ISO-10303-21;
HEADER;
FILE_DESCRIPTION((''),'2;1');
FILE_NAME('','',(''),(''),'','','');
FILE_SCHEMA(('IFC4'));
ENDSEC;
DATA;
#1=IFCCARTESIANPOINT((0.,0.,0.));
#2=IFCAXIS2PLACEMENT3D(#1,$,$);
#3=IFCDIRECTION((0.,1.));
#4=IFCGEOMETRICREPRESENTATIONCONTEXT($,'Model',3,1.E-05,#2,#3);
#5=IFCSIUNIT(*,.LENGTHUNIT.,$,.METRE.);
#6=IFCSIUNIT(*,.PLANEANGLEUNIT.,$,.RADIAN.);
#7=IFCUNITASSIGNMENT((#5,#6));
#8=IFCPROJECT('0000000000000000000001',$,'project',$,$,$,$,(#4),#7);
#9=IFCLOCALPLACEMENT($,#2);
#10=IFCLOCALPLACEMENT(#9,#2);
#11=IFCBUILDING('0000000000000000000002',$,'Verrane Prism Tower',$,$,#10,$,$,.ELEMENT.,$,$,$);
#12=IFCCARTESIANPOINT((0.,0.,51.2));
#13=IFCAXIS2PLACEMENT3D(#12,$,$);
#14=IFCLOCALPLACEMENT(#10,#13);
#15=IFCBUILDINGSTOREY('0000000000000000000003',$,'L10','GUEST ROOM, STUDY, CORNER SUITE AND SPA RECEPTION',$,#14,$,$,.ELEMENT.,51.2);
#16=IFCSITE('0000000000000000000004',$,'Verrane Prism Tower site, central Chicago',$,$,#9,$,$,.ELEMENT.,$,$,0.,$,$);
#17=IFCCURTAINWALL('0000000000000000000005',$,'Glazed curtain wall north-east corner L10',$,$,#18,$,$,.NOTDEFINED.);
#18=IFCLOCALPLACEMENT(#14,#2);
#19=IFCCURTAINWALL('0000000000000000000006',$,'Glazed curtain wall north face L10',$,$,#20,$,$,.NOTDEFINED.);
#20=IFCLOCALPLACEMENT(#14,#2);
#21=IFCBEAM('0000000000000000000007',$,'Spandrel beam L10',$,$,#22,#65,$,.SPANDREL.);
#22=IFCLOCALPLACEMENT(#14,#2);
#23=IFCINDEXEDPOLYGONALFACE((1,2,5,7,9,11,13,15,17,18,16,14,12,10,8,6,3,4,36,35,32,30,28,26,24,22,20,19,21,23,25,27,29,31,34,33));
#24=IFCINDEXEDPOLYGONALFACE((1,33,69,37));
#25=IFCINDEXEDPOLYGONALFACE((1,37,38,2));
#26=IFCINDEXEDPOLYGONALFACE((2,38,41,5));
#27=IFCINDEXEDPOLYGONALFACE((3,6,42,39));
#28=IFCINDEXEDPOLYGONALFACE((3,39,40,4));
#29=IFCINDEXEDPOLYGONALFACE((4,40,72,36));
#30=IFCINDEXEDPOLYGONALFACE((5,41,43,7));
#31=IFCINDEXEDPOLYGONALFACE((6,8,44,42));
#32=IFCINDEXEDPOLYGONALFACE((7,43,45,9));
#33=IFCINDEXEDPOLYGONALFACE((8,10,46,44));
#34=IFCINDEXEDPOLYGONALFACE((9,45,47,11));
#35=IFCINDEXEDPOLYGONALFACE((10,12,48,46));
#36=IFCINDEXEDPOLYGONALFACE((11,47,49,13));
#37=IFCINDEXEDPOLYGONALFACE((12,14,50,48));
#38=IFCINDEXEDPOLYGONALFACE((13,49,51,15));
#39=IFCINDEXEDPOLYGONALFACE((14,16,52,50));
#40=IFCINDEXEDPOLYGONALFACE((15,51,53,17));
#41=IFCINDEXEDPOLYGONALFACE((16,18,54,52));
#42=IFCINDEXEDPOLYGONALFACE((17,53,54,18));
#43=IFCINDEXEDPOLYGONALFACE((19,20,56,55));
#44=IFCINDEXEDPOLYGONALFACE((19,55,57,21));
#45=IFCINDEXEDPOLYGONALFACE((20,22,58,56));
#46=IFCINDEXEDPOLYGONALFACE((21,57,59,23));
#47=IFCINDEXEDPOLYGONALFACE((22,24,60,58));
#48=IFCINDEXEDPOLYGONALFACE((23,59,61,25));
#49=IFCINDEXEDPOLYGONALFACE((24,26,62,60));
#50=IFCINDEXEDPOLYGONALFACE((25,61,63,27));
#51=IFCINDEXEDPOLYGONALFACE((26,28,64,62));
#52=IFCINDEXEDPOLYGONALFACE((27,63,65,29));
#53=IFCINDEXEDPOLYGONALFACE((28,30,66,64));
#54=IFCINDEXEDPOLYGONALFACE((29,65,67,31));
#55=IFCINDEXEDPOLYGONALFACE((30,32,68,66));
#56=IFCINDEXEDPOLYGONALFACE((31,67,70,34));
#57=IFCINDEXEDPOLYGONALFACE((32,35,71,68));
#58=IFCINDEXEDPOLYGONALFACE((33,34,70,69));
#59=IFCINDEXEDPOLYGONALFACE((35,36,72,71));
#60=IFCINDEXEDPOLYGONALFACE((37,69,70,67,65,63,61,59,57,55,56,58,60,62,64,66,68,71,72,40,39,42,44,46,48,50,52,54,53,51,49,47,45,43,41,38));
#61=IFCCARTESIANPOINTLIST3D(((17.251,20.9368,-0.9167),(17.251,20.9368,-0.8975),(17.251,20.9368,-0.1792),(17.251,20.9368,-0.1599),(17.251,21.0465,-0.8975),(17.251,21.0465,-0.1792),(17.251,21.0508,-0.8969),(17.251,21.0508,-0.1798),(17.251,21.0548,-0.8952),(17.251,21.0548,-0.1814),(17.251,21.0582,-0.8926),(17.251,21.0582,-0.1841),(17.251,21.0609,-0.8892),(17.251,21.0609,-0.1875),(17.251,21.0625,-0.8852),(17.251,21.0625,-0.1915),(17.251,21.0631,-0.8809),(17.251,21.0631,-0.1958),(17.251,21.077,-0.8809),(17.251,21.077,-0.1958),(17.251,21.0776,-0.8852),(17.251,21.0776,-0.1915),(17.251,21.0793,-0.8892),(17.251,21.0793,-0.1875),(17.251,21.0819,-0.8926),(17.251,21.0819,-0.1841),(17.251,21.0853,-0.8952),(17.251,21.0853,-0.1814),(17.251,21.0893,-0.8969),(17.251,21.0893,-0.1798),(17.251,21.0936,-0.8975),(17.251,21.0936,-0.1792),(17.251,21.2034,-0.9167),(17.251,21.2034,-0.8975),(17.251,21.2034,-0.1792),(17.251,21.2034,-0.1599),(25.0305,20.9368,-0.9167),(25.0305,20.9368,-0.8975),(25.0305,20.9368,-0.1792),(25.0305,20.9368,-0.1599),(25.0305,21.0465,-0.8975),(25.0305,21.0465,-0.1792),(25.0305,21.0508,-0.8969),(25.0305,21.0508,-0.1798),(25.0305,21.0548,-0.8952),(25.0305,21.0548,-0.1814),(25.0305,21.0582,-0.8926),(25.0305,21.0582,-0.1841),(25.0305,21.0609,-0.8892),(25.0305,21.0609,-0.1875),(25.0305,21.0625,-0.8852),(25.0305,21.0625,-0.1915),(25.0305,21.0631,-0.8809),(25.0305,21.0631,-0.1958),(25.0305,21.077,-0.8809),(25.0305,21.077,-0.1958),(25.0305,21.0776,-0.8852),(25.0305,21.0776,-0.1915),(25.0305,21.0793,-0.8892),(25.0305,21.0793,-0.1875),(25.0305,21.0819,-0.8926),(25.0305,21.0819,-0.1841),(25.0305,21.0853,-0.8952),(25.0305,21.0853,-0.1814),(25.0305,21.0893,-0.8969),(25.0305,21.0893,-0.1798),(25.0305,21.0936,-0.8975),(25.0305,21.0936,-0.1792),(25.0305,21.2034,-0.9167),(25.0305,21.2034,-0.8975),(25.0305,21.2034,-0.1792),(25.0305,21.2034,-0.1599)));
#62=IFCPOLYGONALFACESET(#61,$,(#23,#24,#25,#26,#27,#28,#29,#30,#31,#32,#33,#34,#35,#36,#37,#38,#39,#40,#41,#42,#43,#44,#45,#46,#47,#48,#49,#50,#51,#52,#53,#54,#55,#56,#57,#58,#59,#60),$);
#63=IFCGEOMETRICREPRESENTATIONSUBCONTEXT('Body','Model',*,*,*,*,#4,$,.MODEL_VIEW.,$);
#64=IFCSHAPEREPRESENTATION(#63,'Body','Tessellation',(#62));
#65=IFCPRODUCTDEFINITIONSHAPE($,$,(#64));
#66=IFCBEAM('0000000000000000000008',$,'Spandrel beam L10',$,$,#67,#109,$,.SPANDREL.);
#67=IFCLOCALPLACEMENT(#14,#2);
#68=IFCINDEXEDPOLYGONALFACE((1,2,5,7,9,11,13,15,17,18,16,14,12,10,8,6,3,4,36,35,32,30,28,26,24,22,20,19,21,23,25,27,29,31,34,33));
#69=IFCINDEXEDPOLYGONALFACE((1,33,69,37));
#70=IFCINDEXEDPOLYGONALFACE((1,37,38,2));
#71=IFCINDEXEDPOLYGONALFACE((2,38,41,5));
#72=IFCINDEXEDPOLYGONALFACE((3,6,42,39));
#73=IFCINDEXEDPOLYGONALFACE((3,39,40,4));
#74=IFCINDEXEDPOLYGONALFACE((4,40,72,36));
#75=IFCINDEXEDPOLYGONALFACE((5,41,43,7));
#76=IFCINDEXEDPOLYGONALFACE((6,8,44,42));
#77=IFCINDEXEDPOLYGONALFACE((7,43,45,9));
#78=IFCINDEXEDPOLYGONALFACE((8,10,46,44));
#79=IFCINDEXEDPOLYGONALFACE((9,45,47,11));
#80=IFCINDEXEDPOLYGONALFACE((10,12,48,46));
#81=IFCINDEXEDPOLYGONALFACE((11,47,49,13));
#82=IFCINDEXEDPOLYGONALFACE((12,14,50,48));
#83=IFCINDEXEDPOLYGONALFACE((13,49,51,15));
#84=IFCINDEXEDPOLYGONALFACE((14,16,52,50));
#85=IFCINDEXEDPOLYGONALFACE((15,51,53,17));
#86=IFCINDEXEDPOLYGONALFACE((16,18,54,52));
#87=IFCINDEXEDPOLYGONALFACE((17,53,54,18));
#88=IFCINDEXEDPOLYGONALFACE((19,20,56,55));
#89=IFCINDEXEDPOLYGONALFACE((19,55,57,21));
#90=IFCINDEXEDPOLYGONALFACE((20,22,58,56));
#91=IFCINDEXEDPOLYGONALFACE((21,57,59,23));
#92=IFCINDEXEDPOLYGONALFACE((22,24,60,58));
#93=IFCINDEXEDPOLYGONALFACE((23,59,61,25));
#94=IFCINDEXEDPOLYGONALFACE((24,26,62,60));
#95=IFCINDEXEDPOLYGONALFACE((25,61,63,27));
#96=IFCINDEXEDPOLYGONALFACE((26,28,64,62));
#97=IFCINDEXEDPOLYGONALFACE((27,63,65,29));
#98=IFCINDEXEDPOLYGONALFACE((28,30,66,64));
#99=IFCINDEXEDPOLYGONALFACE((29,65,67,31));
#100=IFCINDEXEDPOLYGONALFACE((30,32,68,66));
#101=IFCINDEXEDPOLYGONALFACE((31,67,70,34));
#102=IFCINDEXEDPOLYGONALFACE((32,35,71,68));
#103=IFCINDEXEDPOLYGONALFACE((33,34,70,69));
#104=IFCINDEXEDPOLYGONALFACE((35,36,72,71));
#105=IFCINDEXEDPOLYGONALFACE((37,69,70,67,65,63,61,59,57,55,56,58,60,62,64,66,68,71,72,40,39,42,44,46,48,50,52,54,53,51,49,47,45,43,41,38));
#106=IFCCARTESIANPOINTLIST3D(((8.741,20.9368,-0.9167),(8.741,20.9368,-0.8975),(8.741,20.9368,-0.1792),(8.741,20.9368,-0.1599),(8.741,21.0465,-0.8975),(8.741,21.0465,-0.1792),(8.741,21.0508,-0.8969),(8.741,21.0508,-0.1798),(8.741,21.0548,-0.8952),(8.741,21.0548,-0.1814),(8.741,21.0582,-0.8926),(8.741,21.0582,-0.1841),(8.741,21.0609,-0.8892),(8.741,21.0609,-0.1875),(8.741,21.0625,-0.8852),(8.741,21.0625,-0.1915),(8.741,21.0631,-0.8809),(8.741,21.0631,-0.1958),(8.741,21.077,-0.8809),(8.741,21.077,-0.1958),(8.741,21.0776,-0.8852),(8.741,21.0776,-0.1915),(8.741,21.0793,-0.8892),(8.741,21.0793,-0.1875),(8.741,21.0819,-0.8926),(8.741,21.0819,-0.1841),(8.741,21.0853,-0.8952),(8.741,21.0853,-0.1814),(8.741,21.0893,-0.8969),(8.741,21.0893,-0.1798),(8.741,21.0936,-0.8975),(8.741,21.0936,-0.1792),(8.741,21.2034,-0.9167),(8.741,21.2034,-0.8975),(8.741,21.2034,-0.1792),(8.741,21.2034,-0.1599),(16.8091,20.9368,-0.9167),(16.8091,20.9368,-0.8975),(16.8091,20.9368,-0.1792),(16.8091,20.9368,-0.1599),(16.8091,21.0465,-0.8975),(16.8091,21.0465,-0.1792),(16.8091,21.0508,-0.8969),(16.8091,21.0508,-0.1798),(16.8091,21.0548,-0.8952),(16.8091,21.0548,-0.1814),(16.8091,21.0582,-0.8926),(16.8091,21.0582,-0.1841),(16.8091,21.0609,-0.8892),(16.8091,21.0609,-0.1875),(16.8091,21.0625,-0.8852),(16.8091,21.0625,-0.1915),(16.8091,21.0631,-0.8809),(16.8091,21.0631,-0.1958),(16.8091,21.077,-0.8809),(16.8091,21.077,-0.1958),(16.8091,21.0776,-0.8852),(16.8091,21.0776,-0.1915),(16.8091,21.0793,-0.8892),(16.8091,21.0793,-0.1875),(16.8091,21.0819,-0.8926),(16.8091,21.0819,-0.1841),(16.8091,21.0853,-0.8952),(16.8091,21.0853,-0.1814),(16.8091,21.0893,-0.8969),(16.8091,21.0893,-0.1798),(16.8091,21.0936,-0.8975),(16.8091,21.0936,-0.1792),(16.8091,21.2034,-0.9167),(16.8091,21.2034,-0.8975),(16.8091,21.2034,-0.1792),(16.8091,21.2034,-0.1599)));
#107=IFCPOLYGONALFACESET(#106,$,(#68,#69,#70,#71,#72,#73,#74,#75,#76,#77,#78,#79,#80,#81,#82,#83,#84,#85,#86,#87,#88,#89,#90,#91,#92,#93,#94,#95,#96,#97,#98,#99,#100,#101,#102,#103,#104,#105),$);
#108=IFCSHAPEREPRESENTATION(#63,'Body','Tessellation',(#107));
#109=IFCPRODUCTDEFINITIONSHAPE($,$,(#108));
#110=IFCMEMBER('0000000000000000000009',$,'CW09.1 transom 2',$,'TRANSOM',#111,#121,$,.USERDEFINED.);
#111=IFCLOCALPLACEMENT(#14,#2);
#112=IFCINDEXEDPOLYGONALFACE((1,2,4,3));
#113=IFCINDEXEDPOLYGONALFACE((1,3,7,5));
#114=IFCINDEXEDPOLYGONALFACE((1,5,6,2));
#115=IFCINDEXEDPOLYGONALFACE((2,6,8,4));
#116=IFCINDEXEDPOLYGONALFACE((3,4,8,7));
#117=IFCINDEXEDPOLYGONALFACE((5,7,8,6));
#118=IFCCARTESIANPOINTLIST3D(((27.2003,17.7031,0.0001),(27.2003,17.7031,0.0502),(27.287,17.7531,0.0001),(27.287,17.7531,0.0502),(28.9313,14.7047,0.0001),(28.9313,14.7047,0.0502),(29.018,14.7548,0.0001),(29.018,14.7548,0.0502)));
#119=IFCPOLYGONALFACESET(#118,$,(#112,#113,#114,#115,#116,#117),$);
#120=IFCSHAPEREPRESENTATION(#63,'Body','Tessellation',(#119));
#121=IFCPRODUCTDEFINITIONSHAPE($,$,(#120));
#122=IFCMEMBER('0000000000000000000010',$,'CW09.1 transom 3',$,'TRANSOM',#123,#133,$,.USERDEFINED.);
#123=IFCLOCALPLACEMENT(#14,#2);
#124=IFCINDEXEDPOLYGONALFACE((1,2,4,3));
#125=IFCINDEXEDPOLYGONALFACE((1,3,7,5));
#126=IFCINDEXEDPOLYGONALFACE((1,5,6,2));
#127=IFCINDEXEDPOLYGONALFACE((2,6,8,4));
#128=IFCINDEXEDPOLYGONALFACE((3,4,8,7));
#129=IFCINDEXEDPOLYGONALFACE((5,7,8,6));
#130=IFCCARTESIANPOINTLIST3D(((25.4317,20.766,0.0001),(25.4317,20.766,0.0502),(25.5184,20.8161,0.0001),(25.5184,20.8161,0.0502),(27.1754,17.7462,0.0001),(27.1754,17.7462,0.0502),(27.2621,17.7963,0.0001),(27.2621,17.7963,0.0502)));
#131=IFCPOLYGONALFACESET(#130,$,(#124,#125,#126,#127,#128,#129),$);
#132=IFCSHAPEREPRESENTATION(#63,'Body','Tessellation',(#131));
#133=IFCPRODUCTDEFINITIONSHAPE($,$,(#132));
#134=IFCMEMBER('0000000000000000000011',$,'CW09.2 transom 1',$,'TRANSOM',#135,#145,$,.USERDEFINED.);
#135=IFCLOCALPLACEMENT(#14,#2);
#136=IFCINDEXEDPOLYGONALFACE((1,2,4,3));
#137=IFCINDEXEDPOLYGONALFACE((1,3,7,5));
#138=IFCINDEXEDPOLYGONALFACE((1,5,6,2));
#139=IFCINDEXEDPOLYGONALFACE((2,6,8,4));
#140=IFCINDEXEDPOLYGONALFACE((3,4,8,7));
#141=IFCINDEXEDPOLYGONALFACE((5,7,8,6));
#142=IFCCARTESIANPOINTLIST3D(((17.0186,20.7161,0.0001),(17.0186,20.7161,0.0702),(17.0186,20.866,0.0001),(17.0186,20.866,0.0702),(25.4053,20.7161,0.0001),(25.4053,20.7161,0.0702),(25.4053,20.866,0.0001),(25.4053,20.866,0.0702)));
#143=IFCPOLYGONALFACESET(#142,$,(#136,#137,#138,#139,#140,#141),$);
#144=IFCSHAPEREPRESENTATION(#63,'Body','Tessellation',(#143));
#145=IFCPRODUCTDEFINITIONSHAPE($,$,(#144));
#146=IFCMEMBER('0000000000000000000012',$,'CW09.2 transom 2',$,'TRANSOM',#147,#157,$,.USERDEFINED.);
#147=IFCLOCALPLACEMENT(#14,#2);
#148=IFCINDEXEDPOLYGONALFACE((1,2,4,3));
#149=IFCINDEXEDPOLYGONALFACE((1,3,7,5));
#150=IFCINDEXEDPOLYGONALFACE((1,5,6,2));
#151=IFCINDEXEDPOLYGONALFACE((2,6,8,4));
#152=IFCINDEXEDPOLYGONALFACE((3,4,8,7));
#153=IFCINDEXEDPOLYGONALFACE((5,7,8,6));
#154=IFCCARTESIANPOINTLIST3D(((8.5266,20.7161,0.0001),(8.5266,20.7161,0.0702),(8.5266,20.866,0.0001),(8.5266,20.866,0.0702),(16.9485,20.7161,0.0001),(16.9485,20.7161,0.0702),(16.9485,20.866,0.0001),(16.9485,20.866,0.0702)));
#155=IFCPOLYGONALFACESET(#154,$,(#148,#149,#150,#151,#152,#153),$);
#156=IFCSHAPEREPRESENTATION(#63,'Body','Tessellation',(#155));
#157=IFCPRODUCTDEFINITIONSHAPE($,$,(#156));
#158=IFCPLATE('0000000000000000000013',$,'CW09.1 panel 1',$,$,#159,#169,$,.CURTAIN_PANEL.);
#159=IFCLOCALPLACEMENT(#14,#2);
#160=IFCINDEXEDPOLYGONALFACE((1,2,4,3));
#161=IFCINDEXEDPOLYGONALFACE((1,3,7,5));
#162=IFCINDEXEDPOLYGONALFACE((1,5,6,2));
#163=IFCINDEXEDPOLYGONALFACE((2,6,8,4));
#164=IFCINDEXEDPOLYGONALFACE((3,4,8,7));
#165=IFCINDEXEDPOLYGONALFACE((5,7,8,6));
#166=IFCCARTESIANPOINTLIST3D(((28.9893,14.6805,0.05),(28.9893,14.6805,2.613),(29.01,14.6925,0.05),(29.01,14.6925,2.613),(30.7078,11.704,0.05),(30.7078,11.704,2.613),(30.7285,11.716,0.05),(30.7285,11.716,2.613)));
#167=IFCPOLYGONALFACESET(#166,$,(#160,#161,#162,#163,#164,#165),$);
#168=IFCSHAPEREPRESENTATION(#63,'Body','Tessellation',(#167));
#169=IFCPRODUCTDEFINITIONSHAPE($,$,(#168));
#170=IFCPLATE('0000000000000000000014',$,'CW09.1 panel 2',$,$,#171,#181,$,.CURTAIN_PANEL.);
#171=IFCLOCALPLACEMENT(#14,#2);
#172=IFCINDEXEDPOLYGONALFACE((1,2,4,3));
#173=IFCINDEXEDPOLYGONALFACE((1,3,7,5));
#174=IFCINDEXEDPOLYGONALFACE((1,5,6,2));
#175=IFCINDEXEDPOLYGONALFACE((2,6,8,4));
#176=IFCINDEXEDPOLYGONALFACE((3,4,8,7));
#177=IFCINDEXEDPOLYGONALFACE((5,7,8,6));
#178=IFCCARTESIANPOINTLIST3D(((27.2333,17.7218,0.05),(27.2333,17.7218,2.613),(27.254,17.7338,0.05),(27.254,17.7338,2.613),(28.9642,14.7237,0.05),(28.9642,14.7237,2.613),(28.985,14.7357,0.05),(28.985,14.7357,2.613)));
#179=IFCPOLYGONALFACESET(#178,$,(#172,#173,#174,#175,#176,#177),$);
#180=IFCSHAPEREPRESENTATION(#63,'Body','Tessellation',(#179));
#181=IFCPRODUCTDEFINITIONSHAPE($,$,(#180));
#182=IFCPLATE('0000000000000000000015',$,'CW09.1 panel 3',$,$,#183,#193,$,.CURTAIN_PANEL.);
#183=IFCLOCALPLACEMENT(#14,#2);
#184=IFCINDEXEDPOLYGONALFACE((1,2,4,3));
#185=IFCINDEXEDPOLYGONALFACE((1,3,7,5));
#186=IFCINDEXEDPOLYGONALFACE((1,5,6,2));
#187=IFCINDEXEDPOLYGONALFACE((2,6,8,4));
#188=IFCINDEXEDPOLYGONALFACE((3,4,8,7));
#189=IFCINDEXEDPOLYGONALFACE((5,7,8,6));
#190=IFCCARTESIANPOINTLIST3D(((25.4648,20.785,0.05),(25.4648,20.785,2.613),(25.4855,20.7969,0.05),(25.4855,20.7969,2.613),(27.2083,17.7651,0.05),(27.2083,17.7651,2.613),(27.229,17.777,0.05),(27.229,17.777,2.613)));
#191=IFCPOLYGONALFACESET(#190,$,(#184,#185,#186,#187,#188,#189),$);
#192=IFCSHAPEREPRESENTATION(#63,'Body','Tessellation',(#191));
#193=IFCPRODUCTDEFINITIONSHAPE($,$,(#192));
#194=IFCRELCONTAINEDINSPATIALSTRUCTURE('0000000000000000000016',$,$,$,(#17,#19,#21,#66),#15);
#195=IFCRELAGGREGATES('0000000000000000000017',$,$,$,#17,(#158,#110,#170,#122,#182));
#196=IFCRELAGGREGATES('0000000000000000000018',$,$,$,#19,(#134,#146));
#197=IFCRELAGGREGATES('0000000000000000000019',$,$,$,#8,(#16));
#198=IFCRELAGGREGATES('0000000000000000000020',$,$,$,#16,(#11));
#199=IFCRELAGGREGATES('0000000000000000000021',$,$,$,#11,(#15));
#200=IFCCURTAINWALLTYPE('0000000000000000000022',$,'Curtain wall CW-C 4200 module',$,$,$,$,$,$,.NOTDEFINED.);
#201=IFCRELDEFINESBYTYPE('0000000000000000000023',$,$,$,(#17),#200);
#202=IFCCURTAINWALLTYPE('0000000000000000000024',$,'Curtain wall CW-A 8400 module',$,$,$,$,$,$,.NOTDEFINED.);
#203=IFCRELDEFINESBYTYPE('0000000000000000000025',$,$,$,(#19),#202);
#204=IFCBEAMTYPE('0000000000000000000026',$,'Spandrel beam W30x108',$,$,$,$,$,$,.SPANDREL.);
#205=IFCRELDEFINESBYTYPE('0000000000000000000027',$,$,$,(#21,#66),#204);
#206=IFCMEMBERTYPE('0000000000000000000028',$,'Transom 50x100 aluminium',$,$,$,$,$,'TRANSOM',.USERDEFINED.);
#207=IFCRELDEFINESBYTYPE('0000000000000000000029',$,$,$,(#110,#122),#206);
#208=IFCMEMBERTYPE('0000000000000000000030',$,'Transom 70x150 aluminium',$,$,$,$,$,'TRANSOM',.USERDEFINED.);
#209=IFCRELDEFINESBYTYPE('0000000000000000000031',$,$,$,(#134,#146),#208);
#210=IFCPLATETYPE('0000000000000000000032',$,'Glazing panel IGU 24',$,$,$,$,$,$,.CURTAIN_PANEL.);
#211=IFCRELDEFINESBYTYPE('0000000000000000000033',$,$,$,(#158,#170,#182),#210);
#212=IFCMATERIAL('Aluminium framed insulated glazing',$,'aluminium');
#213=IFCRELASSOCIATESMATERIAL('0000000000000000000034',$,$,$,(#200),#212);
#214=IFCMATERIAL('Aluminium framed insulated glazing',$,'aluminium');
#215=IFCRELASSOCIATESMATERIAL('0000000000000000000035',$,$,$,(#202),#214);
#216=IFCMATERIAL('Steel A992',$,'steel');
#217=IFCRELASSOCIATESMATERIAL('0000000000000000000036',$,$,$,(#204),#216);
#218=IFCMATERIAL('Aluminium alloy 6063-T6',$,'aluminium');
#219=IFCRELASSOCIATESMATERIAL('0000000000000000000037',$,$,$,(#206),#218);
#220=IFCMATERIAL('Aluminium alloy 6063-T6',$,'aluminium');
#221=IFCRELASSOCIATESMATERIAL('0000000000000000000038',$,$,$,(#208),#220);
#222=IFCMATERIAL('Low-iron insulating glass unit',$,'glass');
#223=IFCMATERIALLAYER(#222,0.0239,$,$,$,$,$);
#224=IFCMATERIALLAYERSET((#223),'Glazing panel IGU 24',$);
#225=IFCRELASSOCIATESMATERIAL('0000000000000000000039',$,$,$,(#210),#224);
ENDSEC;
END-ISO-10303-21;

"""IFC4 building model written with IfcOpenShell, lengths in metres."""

from ifc_helpers import new_model, si_unit, direction, frame, origin, origin_2d, place, context, subcontext, project, spatial, rectangle, i_section, extrude, material, layer, layer_set, material_profile, profile_set, type_object, element, aggregate, save


model = new_model("IFC4")

# Units and contexts
model_context = context("Model", 3, precision=1e-05, world=origin(), true_north=direction((0.0, 1.0)))
body_context = subcontext(model_context, "Body", "Model", "MODEL_VIEW")
ifc_project = project(units=[si_unit("LENGTHUNIT", "METRE"), si_unit("PLANEANGLEUNIT", "RADIAN")], contexts=[model_context])

# Site, building, storey
site_placement = place(None, origin())
site = spatial("IfcSite", under=ifc_project, at=site_placement, Name="Verrane Prism Tower site, central Chicago", CompositionType="ELEMENT", RefElevation=0.0)
building_placement = place(site_placement, origin())
building = spatial("IfcBuilding", under=site, at=building_placement, Name="Verrane Prism Tower", CompositionType="ELEMENT")
storey_placement = place(building_placement, frame((0.0, 0.0, 51.2)))
storey = spatial("IfcBuildingStorey", under=building, at=storey_placement, Name="L10", Description="GUEST ROOM, STUDY, CORNER SUITE AND SPA RECEPTION", CompositionType="ELEMENT", Elevation=51.2)

# Curtain walls
ifc_material_1 = material(Name="Aluminium framed insulated glazing", Category="aluminium")
curtain_wall_type_1 = type_object("IfcCurtainWallType", Name="Curtain wall CW-C 4200 module", PredefinedType="NOTDEFINED", material=ifc_material_1)
curtain_wall_1_placement = place(storey_placement, origin())
curtain_wall_1 = element("IfcCurtainWall", 1, at=curtain_wall_1_placement, inside=storey, type_object=curtain_wall_type_1, Name="Glazed curtain wall north-east corner L10", PredefinedType="NOTDEFINED")
ifc_material_2 = material(Name="Aluminium framed insulated glazing", Category="aluminium")
curtain_wall_type_2 = type_object("IfcCurtainWallType", Name="Curtain wall CW-A 8400 module", PredefinedType="NOTDEFINED", material=ifc_material_2)
curtain_wall_2_placement = place(storey_placement, origin())
curtain_wall_2 = element("IfcCurtainWall", 2, at=curtain_wall_2_placement, inside=storey, type_object=curtain_wall_type_2, Name="Glazed curtain wall north face L10", PredefinedType="NOTDEFINED")

# Beams
ifc_material_3 = material(Name="Steel A992", Category="steel")
ifc_material_profile_1 = material_profile(ifc_material_3, i_section(OverallWidth=0.2666, OverallDepth=0.7568, WebThickness=0.0139, FlangeThickness=0.0193, FilletRadius=0.0166, at=origin_2d()), Name="W30x108")
ifc_profile_set_1 = profile_set([ifc_material_profile_1], Name="Steel A992")
beam_type_1 = type_object("IfcBeamType", Name="Spandrel beam W30x108", PredefinedType="SPANDREL", material=ifc_profile_set_1)
beam_1_placement = place(storey_placement, frame((25.0305, 21.0701, -0.5383), z_axis=(-1.0, 0.0, 0.0), x_axis=(0.0, -1.0, 0.0)))
element("IfcBeam", 3, at=beam_1_placement, inside=storey, type_object=beam_type_1, Name="Spandrel beam L10", PredefinedType="SPANDREL", context=body_context, shape_type="SweptSolid", body=[
    extrude(i_section(OverallWidth=0.2666, OverallDepth=0.7568, WebThickness=0.0139, FlangeThickness=0.0193, FilletRadius=0.0166, at=origin_2d()), origin(), (0.0, 0.0, 1.0), 7.7795),
])
beam_2_placement = place(storey_placement, frame((16.8091, 21.0701, -0.5383), z_axis=(-1.0, 0.0, 0.0), x_axis=(0.0, -1.0, 0.0)))
element("IfcBeam", 4, at=beam_2_placement, inside=storey, type_object=beam_type_1, Name="Spandrel beam L10", PredefinedType="SPANDREL", context=body_context, shape_type="SweptSolid", body=[
    extrude(i_section(OverallWidth=0.2666, OverallDepth=0.7568, WebThickness=0.0139, FlangeThickness=0.0193, FilletRadius=0.0166, at=origin_2d()), origin(), (0.0, 0.0, 1.0), 8.0681),
])

# Members
ifc_material_4 = material(Name="Aluminium alloy 6063-T6", Category="aluminium")
ifc_material_profile_2 = material_profile(ifc_material_4, rectangle(XDim=0.1001, YDim=0.05, at=origin_2d()), Name="Transom 50x100 aluminium")
ifc_profile_set_2 = profile_set([ifc_material_profile_2], Name="Aluminium alloy 6063-T6")
member_type_1 = type_object("IfcMemberType", Name="Transom 50x100 aluminium", ElementType="TRANSOM", PredefinedType="USERDEFINED", material=ifc_profile_set_2)
member_1_placement = place(storey_placement, frame((28.9746, 14.7297, 0.0251), z_axis=(-0.499977, 0.866039, 0.0), x_axis=(-0.866039, -0.499977, 0.0)))
member_1 = element("IfcMember", 5, at=member_1_placement, type_object=member_type_1, Name="CW09.1 transom 2", ObjectType="TRANSOM", PredefinedType="USERDEFINED", context=body_context, shape_type="SweptSolid", body=[
    extrude(rectangle(XDim=0.1001, YDim=0.05, at=origin_2d()), origin(), (0.0, 0.0, 1.0), 3.4622),
])
member_2_placement = place(storey_placement, frame((27.2188, 17.7712, 0.0251), z_axis=(-0.50004, 0.866003, 0.0), x_axis=(-0.866003, -0.50004, 0.0)))
member_2 = element("IfcMember", 6, at=member_2_placement, type_object=member_type_1, Name="CW09.1 transom 3", ObjectType="TRANSOM", PredefinedType="USERDEFINED", context=body_context, shape_type="SweptSolid", body=[
    extrude(rectangle(XDim=0.1001, YDim=0.05, at=origin_2d()), origin(), (0.0, 0.0, 1.0), 3.4871),
])
ifc_material_5 = material(Name="Aluminium alloy 6063-T6", Category="aluminium")
ifc_material_profile_3 = material_profile(ifc_material_5, rectangle(XDim=0.1499, YDim=0.0701, at=origin_2d()), Name="Transom 70x150 aluminium")
ifc_profile_set_3 = profile_set([ifc_material_profile_3], Name="Aluminium alloy 6063-T6")
member_type_2 = type_object("IfcMemberType", Name="Transom 70x150 aluminium", ElementType="TRANSOM", PredefinedType="USERDEFINED", material=ifc_profile_set_3)
member_3_placement = place(storey_placement, frame((25.4053, 20.791, 0.0352), z_axis=(-1.0, 0.0, 0.0), x_axis=(0.0, -1.0, 0.0)))
member_3 = element("IfcMember", 7, at=member_3_placement, type_object=member_type_2, Name="CW09.2 transom 1", ObjectType="TRANSOM", PredefinedType="USERDEFINED", context=body_context, shape_type="SweptSolid", body=[
    extrude(rectangle(XDim=0.1499, YDim=0.0701, at=origin_2d()), origin(), (0.0, 0.0, 1.0), 8.3867),
])
member_4_placement = place(storey_placement, frame((16.9485, 20.791, 0.0352), z_axis=(-1.0, 0.0, 0.0), x_axis=(0.0, -1.0, 0.0)))
member_4 = element("IfcMember", 8, at=member_4_placement, type_object=member_type_2, Name="CW09.2 transom 2", ObjectType="TRANSOM", PredefinedType="USERDEFINED", context=body_context, shape_type="SweptSolid", body=[
    extrude(rectangle(XDim=0.1499, YDim=0.0701, at=origin_2d()), origin(), (0.0, 0.0, 1.0), 8.4219),
])

# Plates
ifc_material_6 = material(Name="Low-iron insulating glass unit", Category="glass")
ifc_layer_1 = layer(ifc_material_6, 0.0239)
ifc_layer_set_1 = layer_set([ifc_layer_1], Name="Glazing panel IGU 24")
plate_type_1 = type_object("IfcPlateType", Name="Glazing panel IGU 24", PredefinedType="CURTAIN_PANEL", material=ifc_layer_set_1)
plate_1_placement = place(storey_placement, frame((29.8589, 13.1982, 0.05), z_axis=(0.0, 0.0, 1.0), x_axis=(-0.499999, 0.866026, 0.0)))
plate_1 = element("IfcPlate", 9, at=plate_1_placement, type_object=plate_type_1, Name="CW09.1 panel 1", PredefinedType="CURTAIN_PANEL", context=body_context, shape_type="SweptSolid", body=[
    extrude(rectangle(XDim=3.437, YDim=0.0239, at=origin_2d()), origin(), (0.0, 0.0, 1.0), 2.563),
])
plate_2_placement = place(storey_placement, frame((28.1091, 16.2288, 0.05), z_axis=(0.0, 0.0, 1.0), x_axis=(-0.499999, 0.866026, 0.0)))
plate_2 = element("IfcPlate", 10, at=plate_2_placement, type_object=plate_type_1, Name="CW09.1 panel 2", PredefinedType="CURTAIN_PANEL", context=body_context, shape_type="SweptSolid", body=[
    extrude(rectangle(XDim=3.4619, YDim=0.0239, at=origin_2d()), origin(), (0.0, 0.0, 1.0), 2.563),
])
plate_3_placement = place(storey_placement, frame((26.3469, 19.281, 0.05), z_axis=(0.0, 0.0, 1.0), x_axis=(-0.499999, 0.866026, 0.0)))
plate_3 = element("IfcPlate", 11, at=plate_3_placement, type_object=plate_type_1, Name="CW09.1 panel 3", PredefinedType="CURTAIN_PANEL", context=body_context, shape_type="SweptSolid", body=[
    extrude(rectangle(XDim=3.4871, YDim=0.0239, at=origin_2d()), origin(), (0.0, 0.0, 1.0), 2.563),
])
aggregate(curtain_wall_1, [plate_1, member_1, plate_2, member_2, plate_3])
aggregate(curtain_wall_2, [member_3, member_4])

save(model, "model.ifc")
